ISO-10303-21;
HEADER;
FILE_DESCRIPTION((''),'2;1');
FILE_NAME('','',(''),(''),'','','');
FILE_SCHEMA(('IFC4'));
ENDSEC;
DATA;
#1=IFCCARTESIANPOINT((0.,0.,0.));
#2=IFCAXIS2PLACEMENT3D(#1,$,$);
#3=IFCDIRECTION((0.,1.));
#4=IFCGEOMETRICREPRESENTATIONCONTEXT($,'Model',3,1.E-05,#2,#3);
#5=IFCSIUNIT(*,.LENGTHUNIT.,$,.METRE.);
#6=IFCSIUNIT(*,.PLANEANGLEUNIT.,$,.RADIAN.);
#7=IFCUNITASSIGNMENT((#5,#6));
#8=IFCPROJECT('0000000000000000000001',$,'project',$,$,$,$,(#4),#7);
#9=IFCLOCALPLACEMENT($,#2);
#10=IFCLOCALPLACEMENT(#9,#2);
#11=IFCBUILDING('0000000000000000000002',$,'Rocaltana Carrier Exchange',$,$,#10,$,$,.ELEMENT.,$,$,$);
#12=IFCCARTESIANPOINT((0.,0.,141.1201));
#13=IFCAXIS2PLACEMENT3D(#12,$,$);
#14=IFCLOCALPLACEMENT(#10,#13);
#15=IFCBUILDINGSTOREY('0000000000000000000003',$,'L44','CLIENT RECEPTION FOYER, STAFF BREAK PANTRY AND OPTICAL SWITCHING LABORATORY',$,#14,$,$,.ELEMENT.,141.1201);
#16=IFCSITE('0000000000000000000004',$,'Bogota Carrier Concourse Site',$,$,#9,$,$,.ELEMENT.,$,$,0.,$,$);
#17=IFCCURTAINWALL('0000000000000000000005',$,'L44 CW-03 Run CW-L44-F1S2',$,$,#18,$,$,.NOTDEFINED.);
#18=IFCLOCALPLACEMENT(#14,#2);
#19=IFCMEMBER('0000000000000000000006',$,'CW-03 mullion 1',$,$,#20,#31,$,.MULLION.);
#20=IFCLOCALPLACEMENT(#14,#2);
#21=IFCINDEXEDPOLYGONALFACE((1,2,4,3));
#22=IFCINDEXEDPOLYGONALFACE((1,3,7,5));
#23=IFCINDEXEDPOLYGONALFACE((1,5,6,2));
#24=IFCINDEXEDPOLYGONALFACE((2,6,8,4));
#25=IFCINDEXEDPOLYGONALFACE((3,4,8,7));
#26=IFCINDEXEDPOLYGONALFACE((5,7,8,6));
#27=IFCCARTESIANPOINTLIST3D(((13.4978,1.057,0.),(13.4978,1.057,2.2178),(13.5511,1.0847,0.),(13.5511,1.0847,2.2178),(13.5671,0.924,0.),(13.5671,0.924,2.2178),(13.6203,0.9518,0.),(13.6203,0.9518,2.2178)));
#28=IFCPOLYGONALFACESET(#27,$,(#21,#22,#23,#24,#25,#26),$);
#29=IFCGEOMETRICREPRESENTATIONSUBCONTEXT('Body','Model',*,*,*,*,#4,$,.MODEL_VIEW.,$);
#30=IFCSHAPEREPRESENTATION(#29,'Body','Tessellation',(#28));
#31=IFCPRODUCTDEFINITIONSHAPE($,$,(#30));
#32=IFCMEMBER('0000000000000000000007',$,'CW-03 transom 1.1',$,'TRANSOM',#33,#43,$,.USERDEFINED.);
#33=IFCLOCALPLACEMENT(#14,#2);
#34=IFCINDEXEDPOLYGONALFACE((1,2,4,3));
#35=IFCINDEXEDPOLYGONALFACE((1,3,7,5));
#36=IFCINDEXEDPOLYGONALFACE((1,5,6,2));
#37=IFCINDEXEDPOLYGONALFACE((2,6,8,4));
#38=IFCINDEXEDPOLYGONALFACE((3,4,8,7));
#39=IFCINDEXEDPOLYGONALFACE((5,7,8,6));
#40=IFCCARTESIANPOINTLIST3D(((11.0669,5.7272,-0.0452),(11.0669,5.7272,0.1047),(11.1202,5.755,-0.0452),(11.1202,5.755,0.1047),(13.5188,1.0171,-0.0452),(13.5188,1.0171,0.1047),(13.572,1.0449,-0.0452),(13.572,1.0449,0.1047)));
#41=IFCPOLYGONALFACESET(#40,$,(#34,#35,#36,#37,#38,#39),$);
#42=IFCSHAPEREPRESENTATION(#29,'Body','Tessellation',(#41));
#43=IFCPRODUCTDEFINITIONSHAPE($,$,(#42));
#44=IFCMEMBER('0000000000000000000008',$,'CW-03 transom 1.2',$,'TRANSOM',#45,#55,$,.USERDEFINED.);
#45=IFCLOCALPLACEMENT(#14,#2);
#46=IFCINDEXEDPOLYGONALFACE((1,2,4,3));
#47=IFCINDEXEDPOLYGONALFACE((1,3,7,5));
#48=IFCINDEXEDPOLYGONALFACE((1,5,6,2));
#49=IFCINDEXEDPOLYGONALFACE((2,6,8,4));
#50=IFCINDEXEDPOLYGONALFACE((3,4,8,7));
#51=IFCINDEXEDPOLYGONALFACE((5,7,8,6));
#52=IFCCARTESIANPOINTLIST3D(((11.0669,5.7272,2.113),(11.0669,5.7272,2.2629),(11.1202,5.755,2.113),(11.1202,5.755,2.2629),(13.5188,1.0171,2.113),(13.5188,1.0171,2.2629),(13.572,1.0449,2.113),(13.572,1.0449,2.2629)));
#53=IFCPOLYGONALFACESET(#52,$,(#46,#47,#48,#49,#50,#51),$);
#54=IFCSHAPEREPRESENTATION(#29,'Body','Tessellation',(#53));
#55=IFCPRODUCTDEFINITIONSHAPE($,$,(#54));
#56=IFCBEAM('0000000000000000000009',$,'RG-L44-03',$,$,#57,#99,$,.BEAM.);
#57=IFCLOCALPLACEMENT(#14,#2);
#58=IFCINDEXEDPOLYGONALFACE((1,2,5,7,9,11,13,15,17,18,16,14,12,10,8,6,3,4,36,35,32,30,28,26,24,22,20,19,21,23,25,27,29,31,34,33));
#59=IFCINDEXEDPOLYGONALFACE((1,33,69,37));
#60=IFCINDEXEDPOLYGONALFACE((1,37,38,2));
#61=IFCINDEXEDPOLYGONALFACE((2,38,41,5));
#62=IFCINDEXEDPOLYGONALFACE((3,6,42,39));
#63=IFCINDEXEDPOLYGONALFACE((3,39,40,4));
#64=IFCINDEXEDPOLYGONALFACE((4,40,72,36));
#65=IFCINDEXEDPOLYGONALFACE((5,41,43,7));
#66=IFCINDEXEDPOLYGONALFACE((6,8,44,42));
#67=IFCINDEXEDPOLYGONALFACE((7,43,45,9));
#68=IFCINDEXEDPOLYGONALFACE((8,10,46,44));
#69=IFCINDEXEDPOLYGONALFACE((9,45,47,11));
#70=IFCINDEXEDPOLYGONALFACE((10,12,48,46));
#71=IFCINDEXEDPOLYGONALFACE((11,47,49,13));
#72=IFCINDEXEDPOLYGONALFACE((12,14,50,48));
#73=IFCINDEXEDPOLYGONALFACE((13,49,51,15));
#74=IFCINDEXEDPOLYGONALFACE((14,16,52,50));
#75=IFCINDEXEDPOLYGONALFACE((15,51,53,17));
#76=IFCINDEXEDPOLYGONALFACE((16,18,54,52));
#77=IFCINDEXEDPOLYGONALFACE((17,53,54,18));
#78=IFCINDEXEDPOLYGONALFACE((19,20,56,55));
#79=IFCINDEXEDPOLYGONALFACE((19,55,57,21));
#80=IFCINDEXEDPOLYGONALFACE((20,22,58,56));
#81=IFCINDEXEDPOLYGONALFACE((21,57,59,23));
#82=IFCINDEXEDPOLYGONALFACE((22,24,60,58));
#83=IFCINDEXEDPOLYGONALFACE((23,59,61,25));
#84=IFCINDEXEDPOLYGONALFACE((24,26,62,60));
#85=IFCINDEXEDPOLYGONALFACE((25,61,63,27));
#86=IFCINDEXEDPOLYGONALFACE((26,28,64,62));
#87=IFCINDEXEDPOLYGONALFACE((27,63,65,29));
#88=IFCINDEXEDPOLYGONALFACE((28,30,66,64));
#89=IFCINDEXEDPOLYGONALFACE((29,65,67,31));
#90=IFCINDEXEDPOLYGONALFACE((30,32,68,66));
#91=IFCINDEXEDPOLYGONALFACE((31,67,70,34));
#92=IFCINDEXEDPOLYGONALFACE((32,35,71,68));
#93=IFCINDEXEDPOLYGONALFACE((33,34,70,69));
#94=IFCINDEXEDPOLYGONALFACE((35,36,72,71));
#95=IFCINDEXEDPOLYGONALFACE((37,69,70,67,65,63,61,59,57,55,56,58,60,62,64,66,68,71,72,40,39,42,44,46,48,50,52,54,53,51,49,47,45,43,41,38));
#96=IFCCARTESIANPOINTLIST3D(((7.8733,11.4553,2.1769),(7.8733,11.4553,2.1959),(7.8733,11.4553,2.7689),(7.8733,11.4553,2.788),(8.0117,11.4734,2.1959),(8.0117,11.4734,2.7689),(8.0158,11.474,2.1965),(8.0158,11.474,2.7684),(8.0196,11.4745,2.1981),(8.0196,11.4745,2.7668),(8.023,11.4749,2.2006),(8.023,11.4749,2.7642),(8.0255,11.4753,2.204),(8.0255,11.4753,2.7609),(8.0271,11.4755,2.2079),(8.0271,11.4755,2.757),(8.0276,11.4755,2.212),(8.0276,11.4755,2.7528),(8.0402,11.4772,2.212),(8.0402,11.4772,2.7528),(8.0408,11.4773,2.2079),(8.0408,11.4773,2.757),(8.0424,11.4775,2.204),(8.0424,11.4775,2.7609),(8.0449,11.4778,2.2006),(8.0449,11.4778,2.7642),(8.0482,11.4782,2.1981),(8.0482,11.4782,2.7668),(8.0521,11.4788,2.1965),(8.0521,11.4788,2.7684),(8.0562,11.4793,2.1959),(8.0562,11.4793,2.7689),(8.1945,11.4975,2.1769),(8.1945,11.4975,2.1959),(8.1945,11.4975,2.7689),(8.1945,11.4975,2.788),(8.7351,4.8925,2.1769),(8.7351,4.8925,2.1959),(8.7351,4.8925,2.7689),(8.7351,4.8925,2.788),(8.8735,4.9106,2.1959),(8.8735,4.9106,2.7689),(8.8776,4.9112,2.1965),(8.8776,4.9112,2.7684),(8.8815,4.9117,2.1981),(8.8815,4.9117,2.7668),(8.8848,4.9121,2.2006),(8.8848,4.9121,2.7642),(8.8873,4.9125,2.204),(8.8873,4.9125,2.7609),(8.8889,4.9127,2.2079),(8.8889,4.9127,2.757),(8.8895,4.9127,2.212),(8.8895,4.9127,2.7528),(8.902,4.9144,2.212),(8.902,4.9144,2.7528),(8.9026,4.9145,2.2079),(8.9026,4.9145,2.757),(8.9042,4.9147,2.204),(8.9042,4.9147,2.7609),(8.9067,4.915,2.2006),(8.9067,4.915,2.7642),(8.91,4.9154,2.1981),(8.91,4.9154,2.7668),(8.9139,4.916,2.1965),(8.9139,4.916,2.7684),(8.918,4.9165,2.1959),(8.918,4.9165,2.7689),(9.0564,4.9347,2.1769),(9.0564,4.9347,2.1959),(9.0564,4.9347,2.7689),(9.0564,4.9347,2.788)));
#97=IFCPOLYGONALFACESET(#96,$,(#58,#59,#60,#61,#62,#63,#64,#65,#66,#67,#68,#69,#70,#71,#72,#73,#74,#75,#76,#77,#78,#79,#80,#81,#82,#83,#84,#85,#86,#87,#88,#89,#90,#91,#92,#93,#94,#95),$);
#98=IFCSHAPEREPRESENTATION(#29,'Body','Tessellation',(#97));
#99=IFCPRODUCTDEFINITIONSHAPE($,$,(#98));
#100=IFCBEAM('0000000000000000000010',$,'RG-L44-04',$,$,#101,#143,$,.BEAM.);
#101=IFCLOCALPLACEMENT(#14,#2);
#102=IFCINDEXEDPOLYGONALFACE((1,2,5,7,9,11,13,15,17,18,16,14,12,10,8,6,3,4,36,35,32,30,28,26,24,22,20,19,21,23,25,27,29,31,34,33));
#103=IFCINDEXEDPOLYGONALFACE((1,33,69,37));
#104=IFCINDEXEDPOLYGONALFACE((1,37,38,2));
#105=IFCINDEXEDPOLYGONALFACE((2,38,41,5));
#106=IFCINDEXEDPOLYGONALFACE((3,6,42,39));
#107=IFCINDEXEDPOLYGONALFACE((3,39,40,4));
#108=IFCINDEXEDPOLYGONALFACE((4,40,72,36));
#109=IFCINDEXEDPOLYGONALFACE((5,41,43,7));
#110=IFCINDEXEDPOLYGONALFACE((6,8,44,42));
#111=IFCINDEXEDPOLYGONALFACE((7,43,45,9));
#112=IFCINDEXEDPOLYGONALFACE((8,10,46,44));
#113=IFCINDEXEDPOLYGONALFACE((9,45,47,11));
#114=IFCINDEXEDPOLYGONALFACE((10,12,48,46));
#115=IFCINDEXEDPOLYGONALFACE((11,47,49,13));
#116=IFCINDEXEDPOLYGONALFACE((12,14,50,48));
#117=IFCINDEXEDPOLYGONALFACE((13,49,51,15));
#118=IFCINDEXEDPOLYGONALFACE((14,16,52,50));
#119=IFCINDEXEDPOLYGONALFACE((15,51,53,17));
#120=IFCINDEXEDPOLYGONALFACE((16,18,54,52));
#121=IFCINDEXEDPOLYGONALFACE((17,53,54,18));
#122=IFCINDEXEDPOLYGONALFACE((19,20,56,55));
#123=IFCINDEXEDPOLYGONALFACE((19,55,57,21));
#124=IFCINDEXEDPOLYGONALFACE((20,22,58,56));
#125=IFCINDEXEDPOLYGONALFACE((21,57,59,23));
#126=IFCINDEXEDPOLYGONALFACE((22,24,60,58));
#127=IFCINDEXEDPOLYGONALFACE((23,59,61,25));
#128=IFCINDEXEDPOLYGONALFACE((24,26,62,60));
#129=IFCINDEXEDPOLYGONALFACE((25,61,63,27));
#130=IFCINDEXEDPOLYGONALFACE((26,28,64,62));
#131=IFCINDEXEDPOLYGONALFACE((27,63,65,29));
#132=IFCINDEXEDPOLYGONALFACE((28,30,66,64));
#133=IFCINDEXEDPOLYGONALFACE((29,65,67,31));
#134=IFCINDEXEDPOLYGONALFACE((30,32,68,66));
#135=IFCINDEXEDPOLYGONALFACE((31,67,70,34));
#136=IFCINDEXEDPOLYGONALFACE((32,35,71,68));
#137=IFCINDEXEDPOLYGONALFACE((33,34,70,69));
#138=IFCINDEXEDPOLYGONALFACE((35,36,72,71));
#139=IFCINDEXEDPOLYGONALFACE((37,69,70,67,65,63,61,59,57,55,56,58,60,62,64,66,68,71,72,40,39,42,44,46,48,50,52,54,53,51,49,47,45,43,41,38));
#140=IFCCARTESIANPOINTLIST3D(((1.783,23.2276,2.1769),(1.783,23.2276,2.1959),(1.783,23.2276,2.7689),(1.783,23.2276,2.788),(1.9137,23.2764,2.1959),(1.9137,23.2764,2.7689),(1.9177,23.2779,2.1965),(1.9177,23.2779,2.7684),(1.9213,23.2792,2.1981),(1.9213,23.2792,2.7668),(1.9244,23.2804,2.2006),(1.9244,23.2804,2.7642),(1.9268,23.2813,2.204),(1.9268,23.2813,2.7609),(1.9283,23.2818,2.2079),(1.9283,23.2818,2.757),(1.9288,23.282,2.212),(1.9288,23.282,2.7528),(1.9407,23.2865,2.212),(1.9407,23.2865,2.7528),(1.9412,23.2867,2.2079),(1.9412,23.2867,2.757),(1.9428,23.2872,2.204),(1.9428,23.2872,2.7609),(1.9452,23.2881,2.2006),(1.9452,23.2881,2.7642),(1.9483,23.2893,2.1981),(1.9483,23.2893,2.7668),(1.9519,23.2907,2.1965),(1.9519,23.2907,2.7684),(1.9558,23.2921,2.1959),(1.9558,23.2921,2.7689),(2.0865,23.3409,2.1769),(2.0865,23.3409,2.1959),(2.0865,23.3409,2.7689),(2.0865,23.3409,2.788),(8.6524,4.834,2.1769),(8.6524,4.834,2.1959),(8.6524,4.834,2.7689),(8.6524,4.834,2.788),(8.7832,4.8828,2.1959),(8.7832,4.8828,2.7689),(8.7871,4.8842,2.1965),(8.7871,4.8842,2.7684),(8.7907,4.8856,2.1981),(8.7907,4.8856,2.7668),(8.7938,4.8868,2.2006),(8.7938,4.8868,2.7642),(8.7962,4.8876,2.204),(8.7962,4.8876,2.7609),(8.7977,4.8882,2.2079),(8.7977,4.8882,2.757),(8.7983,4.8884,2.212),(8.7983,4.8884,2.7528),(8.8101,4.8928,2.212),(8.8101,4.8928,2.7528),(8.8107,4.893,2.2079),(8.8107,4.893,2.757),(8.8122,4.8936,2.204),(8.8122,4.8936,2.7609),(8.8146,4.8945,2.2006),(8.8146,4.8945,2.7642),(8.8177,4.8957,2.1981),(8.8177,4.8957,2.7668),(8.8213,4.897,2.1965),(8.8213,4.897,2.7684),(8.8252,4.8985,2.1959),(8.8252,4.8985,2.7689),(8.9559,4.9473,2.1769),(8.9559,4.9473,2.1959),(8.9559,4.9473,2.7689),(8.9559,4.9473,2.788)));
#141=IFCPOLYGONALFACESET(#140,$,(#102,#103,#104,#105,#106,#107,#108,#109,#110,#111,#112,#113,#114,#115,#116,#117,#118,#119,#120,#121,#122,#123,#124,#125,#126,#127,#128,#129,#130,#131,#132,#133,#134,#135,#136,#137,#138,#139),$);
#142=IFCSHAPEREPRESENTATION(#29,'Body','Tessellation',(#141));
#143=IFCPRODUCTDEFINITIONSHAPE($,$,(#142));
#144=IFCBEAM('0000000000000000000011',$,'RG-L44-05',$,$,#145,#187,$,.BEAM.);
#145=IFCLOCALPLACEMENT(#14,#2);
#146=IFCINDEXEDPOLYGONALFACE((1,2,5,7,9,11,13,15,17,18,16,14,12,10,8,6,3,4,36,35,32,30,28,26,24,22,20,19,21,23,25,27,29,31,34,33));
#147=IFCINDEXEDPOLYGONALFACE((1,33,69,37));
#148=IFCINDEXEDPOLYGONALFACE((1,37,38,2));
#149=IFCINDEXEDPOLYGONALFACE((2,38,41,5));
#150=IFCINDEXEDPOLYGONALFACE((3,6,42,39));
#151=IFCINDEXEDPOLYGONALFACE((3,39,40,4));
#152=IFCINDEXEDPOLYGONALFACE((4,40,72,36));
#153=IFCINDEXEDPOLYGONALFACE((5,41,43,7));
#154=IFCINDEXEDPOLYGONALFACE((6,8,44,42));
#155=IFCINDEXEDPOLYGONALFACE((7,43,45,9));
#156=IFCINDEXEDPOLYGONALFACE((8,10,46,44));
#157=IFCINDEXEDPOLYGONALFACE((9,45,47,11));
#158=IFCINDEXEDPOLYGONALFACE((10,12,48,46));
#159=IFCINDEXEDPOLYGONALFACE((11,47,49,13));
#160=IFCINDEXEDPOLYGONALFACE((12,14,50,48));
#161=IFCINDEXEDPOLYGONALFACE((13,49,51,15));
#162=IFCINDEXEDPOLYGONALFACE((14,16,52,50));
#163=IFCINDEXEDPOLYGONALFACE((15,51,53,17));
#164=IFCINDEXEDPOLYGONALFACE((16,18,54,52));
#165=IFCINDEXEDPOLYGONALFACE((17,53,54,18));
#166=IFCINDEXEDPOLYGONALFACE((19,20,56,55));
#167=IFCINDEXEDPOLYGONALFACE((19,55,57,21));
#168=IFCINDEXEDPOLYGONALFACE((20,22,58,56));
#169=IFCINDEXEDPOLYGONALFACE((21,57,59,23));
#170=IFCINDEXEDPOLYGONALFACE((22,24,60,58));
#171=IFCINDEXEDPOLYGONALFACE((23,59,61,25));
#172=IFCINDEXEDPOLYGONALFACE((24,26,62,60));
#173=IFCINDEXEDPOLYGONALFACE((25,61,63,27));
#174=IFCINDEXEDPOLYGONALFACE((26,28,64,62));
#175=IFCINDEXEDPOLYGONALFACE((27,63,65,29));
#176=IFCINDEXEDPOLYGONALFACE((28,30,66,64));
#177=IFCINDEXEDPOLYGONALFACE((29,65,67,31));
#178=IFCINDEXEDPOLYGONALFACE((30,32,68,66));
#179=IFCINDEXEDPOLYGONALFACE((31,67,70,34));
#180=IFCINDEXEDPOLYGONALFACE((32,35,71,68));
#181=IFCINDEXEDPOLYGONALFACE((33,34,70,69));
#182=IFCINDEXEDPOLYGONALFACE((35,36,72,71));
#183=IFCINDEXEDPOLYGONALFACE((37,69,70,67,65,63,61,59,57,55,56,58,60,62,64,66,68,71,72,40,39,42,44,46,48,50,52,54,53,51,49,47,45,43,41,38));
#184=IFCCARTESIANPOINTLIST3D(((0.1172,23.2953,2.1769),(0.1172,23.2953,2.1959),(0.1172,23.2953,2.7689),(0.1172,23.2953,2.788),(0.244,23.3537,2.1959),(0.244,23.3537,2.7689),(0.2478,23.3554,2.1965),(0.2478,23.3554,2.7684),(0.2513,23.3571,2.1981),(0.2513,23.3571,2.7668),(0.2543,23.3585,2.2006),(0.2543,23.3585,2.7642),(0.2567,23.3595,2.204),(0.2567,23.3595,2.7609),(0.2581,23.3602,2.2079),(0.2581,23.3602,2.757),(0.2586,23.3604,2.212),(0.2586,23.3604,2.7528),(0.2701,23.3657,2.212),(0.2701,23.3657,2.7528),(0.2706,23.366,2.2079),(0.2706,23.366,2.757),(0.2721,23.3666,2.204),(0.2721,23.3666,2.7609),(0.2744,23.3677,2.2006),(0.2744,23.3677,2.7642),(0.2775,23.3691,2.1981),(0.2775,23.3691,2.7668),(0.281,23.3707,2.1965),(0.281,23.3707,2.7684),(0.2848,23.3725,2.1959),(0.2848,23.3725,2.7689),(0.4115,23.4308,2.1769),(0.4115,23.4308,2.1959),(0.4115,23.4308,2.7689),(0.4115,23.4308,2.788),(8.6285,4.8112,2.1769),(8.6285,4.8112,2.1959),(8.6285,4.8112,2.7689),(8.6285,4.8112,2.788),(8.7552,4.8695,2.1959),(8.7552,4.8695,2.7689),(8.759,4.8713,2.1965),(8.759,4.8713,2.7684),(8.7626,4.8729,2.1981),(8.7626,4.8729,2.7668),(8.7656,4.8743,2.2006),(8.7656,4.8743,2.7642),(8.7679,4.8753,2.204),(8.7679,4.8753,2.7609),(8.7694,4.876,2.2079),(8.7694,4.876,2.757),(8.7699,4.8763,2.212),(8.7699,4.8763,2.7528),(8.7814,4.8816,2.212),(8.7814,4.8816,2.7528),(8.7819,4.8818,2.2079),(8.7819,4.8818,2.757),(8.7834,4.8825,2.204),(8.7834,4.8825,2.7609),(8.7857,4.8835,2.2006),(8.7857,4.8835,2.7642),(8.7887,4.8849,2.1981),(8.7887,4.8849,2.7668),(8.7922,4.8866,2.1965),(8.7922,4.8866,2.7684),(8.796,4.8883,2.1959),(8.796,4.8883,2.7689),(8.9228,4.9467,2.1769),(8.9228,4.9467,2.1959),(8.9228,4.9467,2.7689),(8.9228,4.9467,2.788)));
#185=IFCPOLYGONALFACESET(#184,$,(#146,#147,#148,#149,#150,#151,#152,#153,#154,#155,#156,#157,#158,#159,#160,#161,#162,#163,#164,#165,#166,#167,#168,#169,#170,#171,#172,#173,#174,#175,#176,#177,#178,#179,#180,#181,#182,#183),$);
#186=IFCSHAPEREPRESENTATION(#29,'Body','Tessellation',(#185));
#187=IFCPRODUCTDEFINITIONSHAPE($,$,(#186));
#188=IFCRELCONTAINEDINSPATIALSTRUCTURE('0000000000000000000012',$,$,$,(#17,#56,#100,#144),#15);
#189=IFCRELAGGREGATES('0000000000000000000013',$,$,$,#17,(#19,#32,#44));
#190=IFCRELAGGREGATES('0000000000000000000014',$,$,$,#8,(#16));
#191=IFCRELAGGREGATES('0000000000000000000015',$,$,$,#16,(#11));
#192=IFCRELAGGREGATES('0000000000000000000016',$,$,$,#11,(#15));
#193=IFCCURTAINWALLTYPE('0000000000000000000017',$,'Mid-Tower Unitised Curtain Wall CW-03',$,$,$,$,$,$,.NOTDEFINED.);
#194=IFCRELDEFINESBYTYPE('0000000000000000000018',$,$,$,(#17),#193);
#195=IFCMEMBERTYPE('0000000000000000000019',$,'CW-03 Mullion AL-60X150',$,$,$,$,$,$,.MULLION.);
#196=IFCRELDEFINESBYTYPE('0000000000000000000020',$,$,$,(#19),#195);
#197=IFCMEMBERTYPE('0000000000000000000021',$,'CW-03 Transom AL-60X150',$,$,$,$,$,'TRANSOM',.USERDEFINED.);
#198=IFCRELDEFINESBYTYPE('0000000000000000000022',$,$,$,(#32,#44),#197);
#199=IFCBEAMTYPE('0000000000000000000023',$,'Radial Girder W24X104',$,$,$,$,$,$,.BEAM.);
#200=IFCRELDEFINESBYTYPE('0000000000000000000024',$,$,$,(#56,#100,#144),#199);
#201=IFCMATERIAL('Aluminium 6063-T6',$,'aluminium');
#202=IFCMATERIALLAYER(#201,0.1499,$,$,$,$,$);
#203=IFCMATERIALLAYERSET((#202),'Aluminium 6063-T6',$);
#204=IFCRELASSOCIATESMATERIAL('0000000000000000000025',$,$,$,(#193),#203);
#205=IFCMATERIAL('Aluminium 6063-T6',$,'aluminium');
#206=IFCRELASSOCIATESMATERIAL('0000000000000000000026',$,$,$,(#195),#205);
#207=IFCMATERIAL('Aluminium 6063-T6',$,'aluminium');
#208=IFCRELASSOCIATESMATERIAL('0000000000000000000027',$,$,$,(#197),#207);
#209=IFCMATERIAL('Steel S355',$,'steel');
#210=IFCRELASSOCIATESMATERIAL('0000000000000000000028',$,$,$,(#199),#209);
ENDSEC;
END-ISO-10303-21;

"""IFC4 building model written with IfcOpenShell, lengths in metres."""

from ifc_helpers import new_model, si_unit, direction, frame, origin, origin_2d, place, context, subcontext, project, spatial, rectangle, i_section, extrude, material, layer, layer_set, material_profile, profile_set, type_object, element, aggregate, save


model = new_model("IFC4")

# Units and contexts
model_context = context("Model", 3, precision=1e-05, world=origin(), true_north=direction((0.0, 1.0)))
body_context = subcontext(model_context, "Body", "Model", "MODEL_VIEW")
ifc_project = project(units=[si_unit("LENGTHUNIT", "METRE"), si_unit("PLANEANGLEUNIT", "RADIAN")], contexts=[model_context])

# Site, building, storey
site_placement = place(None, origin())
site = spatial("IfcSite", under=ifc_project, at=site_placement, Name="Bogota Carrier Concourse Site", CompositionType="ELEMENT", RefElevation=0.0)
building_placement = place(site_placement, origin())
building = spatial("IfcBuilding", under=site, at=building_placement, Name="Rocaltana Carrier Exchange", CompositionType="ELEMENT")
storey_placement = place(building_placement, frame((0.0, 0.0, 141.1201)))
storey = spatial("IfcBuildingStorey", under=building, at=storey_placement, Name="L44", Description="CLIENT RECEPTION FOYER, STAFF BREAK PANTRY AND OPTICAL SWITCHING LABORATORY", CompositionType="ELEMENT", Elevation=141.1201)

# Curtain wall, members
ifc_material_1 = material(Name="Aluminium 6063-T6", Category="aluminium")
ifc_layer_1 = layer(ifc_material_1, 0.1499)
ifc_layer_set_1 = layer_set([ifc_layer_1], Name="Aluminium 6063-T6")
curtain_wall_type = type_object("IfcCurtainWallType", Name="Mid-Tower Unitised Curtain Wall CW-03", PredefinedType="NOTDEFINED", material=ifc_layer_set_1)
curtain_wall_placement = place(storey_placement, origin())
curtain_wall = element("IfcCurtainWall", 1, at=curtain_wall_placement, inside=storey, type_object=curtain_wall_type, Name="L44 CW-03 Run CW-L44-F1S2", PredefinedType="NOTDEFINED")
ifc_material_2 = material(Name="Aluminium 6063-T6", Category="aluminium")
ifc_material_profile_1 = material_profile(ifc_material_2, rectangle(XDim=0.0601, YDim=0.1499, at=origin_2d()), Name="AL-60X150")
ifc_profile_set_1 = profile_set([ifc_material_profile_1], Name="Aluminium 6063-T6")
member_type_1 = type_object("IfcMemberType", Name="CW-03 Mullion AL-60X150", PredefinedType="MULLION", material=ifc_profile_set_1)
member_1_placement = place(storey_placement, frame((13.5591, 1.0044, 0.0), z_axis=(0.0, 0.0, 1.0), x_axis=(-0.887012, -0.461747, 0.0)))
member_1 = element("IfcMember", 2, at=member_1_placement, type_object=member_type_1, Name="CW-03 mullion 1", PredefinedType="MULLION", context=body_context, shape_type="SweptSolid", body=[
    extrude(rectangle(XDim=0.0601, YDim=0.1499, at=origin_2d()), origin(), (0.0, 0.0, 1.0), 2.2178),
])
ifc_material_3 = material(Name="Aluminium 6063-T6", Category="aluminium")
ifc_material_profile_2 = material_profile(ifc_material_3, rectangle(XDim=0.0601, YDim=0.1499, at=origin_2d()), Name="AL-60X150")
ifc_profile_set_2 = profile_set([ifc_material_profile_2], Name="Aluminium 6063-T6")
member_type_2 = type_object("IfcMemberType", Name="CW-03 Transom AL-60X150", ElementType="TRANSOM", PredefinedType="USERDEFINED", material=ifc_profile_set_2)
member_2_placement = place(storey_placement, frame((13.5454, 1.031, 0.0298), z_axis=(-0.461738, 0.887016, 0.0), x_axis=(-0.887016, -0.461738, 0.0)))
member_2 = element("IfcMember", 3, at=member_2_placement, type_object=member_type_2, Name="CW-03 transom 1.1", ObjectType="TRANSOM", PredefinedType="USERDEFINED", context=body_context, shape_type="SweptSolid", body=[
    extrude(rectangle(XDim=0.0601, YDim=0.1499, at=origin_2d()), origin(), (0.0, 0.0, 1.0), 5.3101),
])
member_3_placement = place(storey_placement, frame((13.5454, 1.031, 2.188), z_axis=(-0.461738, 0.887016, 0.0), x_axis=(-0.887016, -0.461738, 0.0)))
member_3 = element("IfcMember", 4, at=member_3_placement, type_object=member_type_2, Name="CW-03 transom 1.2", ObjectType="TRANSOM", PredefinedType="USERDEFINED", context=body_context, shape_type="SweptSolid", body=[
    extrude(rectangle(XDim=0.0601, YDim=0.1499, at=origin_2d()), origin(), (0.0, 0.0, 1.0), 5.3101),
])

# Beams
ifc_material_4 = material(Name="Steel S355", Category="steel")
ifc_material_profile_3 = material_profile(ifc_material_4, i_section(OverallWidth=0.324, OverallDepth=0.6111, WebThickness=0.0127, FlangeThickness=0.019, FilletRadius=0.0161, at=origin_2d()), Name="W24X104")
ifc_profile_set_3 = profile_set([ifc_material_profile_3], Name="Steel S355")
beam_type_1 = type_object("IfcBeamType", Name="Radial Girder W24X104", PredefinedType="BEAM", material=ifc_profile_set_3)
beam_1_placement = place(storey_placement, frame((8.8958, 4.9136, 2.4824), z_axis=(-0.130202, 0.991488, 0.0), x_axis=(-0.991488, -0.130202, 0.0)))
element("IfcBeam", 5, at=beam_1_placement, inside=storey, type_object=beam_type_1, Name="RG-L44-03", PredefinedType="BEAM", context=body_context, shape_type="SweptSolid", body=[
    extrude(i_section(OverallWidth=0.324, OverallDepth=0.6111, WebThickness=0.0127, FlangeThickness=0.019, FilletRadius=0.0161, at=origin_2d()), origin(), (0.0, 0.0, 1.0), 6.6191),
])
beam_2_placement = place(storey_placement, frame((8.8042, 4.8906, 2.4824), z_axis=(-0.349864, 0.9368, 0.0), x_axis=(-0.9368, -0.349864, 0.0)))
element("IfcBeam", 6, at=beam_2_placement, inside=storey, type_object=beam_type_1, Name="RG-L44-04", PredefinedType="BEAM", context=body_context, shape_type="SweptSolid", body=[
    extrude(i_section(OverallWidth=0.324, OverallDepth=0.6111, WebThickness=0.0127, FlangeThickness=0.019, FilletRadius=0.0161, at=origin_2d()), origin(), (0.0, 0.0, 1.0), 19.6345),
])
beam_3_placement = place(storey_placement, frame((8.7756, 4.8789, 2.4824), z_axis=(-0.418252, 0.908331, 0.0), x_axis=(-0.908331, -0.418252, 0.0)))
element("IfcBeam", 7, at=beam_3_placement, inside=storey, type_object=beam_type_1, Name="RG-L44-05", PredefinedType="BEAM", context=body_context, shape_type="SweptSolid", body=[
    extrude(i_section(OverallWidth=0.324, OverallDepth=0.6111, WebThickness=0.0127, FlangeThickness=0.019, FilletRadius=0.0161, at=origin_2d()), origin(), (0.0, 0.0, 1.0), 20.3496),
])

aggregate(curtain_wall, [member_1, member_2, member_3])

save(model, "model.ifc")
